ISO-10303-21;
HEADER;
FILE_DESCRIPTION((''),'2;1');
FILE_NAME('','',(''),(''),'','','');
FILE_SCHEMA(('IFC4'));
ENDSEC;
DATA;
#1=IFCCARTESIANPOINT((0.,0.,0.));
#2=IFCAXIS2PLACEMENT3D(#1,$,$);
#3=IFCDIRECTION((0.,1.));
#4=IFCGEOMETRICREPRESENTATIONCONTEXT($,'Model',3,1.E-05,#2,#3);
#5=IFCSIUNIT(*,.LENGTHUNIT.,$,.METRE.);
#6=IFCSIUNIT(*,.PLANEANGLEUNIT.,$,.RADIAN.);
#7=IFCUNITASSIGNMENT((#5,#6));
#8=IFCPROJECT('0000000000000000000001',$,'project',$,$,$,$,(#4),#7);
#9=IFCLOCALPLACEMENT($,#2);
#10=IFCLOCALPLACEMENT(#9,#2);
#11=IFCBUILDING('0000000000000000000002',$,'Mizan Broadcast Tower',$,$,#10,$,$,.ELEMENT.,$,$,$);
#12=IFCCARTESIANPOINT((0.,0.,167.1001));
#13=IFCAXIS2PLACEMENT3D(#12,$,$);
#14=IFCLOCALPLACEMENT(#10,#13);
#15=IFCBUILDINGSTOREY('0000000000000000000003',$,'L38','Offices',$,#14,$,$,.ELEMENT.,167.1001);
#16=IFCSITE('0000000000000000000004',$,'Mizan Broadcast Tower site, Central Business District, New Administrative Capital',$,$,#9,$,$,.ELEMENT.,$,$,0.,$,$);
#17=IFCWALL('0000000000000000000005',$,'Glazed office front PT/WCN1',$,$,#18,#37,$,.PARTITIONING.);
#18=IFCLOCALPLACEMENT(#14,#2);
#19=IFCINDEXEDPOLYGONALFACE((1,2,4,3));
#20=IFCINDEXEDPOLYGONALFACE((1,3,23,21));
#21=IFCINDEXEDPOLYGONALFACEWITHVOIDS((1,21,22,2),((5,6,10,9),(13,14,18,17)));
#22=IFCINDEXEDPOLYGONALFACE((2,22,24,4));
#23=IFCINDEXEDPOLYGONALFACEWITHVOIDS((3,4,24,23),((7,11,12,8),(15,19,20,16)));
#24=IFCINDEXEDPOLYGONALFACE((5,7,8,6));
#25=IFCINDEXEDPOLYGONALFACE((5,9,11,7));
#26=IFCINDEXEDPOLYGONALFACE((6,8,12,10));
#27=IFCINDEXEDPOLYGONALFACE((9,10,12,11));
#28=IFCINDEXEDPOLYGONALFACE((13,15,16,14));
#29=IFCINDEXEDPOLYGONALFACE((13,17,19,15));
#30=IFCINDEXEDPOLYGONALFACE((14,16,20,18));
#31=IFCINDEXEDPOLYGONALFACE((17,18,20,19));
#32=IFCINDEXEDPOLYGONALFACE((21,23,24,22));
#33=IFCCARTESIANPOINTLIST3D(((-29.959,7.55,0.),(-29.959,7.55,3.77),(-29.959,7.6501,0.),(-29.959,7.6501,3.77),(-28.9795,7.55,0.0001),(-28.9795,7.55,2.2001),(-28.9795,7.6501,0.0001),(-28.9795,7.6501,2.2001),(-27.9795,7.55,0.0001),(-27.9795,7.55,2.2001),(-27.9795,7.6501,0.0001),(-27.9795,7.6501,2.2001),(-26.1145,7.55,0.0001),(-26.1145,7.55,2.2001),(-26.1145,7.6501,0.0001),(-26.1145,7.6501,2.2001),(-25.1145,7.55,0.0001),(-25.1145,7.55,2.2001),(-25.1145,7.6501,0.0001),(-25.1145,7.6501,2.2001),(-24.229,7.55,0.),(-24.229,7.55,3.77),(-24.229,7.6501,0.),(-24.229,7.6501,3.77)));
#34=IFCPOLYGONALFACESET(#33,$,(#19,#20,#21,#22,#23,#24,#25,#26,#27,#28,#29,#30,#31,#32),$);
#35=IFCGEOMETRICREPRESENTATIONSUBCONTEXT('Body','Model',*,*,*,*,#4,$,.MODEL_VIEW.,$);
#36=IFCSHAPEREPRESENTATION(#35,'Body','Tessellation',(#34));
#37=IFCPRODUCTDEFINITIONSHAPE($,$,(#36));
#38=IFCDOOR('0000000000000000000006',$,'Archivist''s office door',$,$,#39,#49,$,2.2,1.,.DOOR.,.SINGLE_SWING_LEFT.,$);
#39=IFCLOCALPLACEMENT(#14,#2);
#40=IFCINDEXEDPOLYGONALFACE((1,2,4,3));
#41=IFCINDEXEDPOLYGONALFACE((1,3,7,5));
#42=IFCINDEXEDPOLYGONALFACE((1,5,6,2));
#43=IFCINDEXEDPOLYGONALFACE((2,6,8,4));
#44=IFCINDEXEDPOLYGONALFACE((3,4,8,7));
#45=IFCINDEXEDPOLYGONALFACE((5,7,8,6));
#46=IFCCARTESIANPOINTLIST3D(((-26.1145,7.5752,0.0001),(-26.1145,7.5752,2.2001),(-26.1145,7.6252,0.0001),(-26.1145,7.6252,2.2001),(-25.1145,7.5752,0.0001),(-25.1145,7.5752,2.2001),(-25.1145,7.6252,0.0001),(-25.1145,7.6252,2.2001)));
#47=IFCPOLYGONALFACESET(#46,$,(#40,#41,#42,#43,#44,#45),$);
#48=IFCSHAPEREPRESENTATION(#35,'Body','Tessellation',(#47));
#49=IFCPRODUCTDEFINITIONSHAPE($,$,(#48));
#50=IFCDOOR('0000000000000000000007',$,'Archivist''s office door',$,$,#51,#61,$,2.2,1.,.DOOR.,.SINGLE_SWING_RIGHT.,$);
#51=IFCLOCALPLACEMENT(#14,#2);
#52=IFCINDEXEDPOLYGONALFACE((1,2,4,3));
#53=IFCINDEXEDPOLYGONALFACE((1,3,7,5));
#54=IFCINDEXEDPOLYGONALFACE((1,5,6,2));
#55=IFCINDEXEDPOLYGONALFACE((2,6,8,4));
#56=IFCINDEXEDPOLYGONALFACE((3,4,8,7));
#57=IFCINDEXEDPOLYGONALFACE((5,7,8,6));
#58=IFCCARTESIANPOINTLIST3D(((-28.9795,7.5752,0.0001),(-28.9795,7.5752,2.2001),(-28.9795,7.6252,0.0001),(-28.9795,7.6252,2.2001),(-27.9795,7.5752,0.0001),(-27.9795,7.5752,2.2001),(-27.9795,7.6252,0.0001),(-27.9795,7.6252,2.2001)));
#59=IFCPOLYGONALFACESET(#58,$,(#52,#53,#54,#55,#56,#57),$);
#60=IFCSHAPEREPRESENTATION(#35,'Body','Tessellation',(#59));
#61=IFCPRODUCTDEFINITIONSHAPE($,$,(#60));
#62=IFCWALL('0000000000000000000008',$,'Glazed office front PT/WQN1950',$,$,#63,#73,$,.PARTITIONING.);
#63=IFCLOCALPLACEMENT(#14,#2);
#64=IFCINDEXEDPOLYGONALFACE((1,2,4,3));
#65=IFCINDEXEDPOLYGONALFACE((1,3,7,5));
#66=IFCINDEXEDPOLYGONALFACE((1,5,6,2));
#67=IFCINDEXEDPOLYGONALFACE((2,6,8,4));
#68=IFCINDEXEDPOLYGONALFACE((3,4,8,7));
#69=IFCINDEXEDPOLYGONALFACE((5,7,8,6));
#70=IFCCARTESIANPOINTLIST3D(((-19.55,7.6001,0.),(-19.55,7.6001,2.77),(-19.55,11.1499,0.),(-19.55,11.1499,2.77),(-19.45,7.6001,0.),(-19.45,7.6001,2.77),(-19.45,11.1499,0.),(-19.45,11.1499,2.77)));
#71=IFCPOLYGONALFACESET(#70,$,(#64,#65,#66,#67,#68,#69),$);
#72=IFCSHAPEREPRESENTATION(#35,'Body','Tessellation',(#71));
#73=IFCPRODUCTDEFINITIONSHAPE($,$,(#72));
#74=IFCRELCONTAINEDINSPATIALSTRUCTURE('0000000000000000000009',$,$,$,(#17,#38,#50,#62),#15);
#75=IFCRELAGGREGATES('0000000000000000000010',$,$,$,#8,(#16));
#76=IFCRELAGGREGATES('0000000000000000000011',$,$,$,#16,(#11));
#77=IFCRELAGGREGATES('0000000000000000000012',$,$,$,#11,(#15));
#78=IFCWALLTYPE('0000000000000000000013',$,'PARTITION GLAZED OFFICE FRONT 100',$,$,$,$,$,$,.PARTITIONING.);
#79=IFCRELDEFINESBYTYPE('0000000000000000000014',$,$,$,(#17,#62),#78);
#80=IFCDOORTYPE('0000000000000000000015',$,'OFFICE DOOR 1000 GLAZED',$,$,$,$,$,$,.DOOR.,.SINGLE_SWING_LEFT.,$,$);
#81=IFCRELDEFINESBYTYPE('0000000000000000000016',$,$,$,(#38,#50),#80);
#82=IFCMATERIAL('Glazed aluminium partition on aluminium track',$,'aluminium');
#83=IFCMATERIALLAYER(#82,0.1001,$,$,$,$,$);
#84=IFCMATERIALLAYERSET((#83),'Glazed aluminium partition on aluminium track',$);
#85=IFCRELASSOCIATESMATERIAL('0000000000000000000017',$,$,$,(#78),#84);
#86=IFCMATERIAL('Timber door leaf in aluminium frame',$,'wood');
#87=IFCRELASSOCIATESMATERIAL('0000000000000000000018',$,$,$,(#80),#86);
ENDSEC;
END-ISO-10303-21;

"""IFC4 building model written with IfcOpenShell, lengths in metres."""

from ifc_helpers import new_model, si_unit, direction, frame, frame_2d, origin, place, context, subcontext, project, spatial, rectangle, extrude, material, layer, layer_set, type_object, element, fill, save


model = new_model("IFC4")

# Units and contexts
model_context = context("Model", 3, precision=1e-05, world=origin(), true_north=direction((0.0, 1.0)))
body_context = subcontext(model_context, "Body", "Model", "MODEL_VIEW")
ifc_project = project(units=[si_unit("LENGTHUNIT", "METRE"), si_unit("PLANEANGLEUNIT", "RADIAN")], contexts=[model_context])

# Site, building, storey
site_placement = place(None, origin())
site = spatial("IfcSite", under=ifc_project, at=site_placement, Name="Mizan Broadcast Tower site, Central Business District, New Administrative Capital", CompositionType="ELEMENT", RefElevation=0.0)
building_placement = place(site_placement, origin())
building = spatial("IfcBuilding", under=site, at=building_placement, Name="Mizan Broadcast Tower", CompositionType="ELEMENT")
storey_placement = place(building_placement, frame((0.0, 0.0, 167.1001)))
storey = spatial("IfcBuildingStorey", under=building, at=storey_placement, Name="L38", Description="Offices", CompositionType="ELEMENT", Elevation=167.1001)

# Shared definitions
ifc_material_1 = material(Name="Glazed aluminium partition on aluminium track", Category="aluminium")
ifc_layer_1 = layer(ifc_material_1, 0.1001)
ifc_layer_set_1 = layer_set([ifc_layer_1], Name="Glazed aluminium partition on aluminium track")
wall_type_1 = type_object("IfcWallType", Name="PARTITION GLAZED OFFICE FRONT 100", PredefinedType="PARTITIONING", material=ifc_layer_set_1)
ifc_material_2 = material(Name="Timber door leaf in aluminium frame", Category="wood")
door_type_1 = type_object("IfcDoorType", Name="OFFICE DOOR 1000 GLAZED", OperationType="SINGLE_SWING_LEFT", PredefinedType="DOOR", material=ifc_material_2)

# Wall, openings, doors
wall_1_placement = place(storey_placement, frame((-24.229, 7.6001, 0.0), z_axis=(0.0, 0.0, 1.0), x_axis=(-1.0, 0.0, 0.0)))
wall_1 = element("IfcWall", 1, at=wall_1_placement, inside=storey, type_object=wall_type_1, Name="Glazed office front PT/WCN1", PredefinedType="PARTITIONING", context=body_context, shape_type="SweptSolid", body=[
    extrude(rectangle(XDim=5.73, YDim=0.1001, at=frame_2d((2.865, 0.0))), origin(), (0.0, 0.0, 1.0), 3.77),
])
opening_1_placement = place(wall_1_placement, frame((0.8855, 0.0, 0.0)))
opening_1 = element("IfcOpeningElement", 2, at=opening_1_placement, cuts=wall_1, PredefinedType="OPENING", context=body_context, shape_type="SweptSolid", body=[
    extrude(rectangle(XDim=1.0, YDim=2.2, at=frame_2d((0.5, 1.1001))), frame((0.0, 0.0601, 0.0), z_axis=(0.0, -1.0, 0.0), x_axis=(1.0, 0.0, 0.0)), (0.0, 0.0, 1.0), 0.1201),
])
opening_2_placement = place(wall_1_placement, frame((3.7505, 0.0, 0.0)))
opening_2 = element("IfcOpeningElement", 3, at=opening_2_placement, cuts=wall_1, PredefinedType="OPENING", context=body_context, shape_type="SweptSolid", body=[
    extrude(rectangle(XDim=1.0, YDim=2.2, at=frame_2d((0.5, 1.1001))), frame((0.0, 0.0601, 0.0), z_axis=(0.0, -1.0, 0.0), x_axis=(1.0, 0.0, 0.0)), (0.0, 0.0, 1.0), 0.1201),
])
door_1_placement = place(opening_1_placement, origin())
door_1 = element("IfcDoor", 4, at=door_1_placement, inside=storey, type_object=door_type_1, Name="Archivist's office door", OperationType="SINGLE_SWING_LEFT", OverallHeight=2.2, OverallWidth=1.0, PredefinedType="DOOR", context=body_context, shape_type="SweptSolid", body=[
    extrude(rectangle(XDim=1.0, YDim=2.2, at=frame_2d((0.5, 1.1001))), frame((0.0, 0.0249, 0.0), z_axis=(0.0, -1.0, 0.0), x_axis=(1.0, 0.0, 0.0)), (0.0, 0.0, 1.0), 0.05),
])
fill(opening_1, door_1)
door_2_placement = place(opening_2_placement, origin())
door_2 = element("IfcDoor", 5, at=door_2_placement, inside=storey, type_object=door_type_1, Name="Archivist's office door", OperationType="SINGLE_SWING_RIGHT", OverallHeight=2.2, OverallWidth=1.0, PredefinedType="DOOR", context=body_context, shape_type="SweptSolid", body=[
    extrude(rectangle(XDim=1.0, YDim=2.2, at=frame_2d((0.5, 1.1001))), frame((0.0, 0.0249, 0.0), z_axis=(0.0, -1.0, 0.0), x_axis=(1.0, 0.0, 0.0)), (0.0, 0.0, 1.0), 0.05),
])
fill(opening_2, door_2)

# Wall
wall_2_placement = place(storey_placement, frame((-19.5, 7.6001, 0.0), z_axis=(0.0, 0.0, 1.0), x_axis=(0.0, 1.0, 0.0)))
element("IfcWall", 6, at=wall_2_placement, inside=storey, type_object=wall_type_1, Name="Glazed office front PT/WQN1950", PredefinedType="PARTITIONING", context=body_context, shape_type="SweptSolid", body=[
    extrude(rectangle(XDim=3.5498, YDim=0.1001, at=frame_2d((1.7749, 0.0))), origin(), (0.0, 0.0, 1.0), 2.77),
])

save(model, "model.ifc")
